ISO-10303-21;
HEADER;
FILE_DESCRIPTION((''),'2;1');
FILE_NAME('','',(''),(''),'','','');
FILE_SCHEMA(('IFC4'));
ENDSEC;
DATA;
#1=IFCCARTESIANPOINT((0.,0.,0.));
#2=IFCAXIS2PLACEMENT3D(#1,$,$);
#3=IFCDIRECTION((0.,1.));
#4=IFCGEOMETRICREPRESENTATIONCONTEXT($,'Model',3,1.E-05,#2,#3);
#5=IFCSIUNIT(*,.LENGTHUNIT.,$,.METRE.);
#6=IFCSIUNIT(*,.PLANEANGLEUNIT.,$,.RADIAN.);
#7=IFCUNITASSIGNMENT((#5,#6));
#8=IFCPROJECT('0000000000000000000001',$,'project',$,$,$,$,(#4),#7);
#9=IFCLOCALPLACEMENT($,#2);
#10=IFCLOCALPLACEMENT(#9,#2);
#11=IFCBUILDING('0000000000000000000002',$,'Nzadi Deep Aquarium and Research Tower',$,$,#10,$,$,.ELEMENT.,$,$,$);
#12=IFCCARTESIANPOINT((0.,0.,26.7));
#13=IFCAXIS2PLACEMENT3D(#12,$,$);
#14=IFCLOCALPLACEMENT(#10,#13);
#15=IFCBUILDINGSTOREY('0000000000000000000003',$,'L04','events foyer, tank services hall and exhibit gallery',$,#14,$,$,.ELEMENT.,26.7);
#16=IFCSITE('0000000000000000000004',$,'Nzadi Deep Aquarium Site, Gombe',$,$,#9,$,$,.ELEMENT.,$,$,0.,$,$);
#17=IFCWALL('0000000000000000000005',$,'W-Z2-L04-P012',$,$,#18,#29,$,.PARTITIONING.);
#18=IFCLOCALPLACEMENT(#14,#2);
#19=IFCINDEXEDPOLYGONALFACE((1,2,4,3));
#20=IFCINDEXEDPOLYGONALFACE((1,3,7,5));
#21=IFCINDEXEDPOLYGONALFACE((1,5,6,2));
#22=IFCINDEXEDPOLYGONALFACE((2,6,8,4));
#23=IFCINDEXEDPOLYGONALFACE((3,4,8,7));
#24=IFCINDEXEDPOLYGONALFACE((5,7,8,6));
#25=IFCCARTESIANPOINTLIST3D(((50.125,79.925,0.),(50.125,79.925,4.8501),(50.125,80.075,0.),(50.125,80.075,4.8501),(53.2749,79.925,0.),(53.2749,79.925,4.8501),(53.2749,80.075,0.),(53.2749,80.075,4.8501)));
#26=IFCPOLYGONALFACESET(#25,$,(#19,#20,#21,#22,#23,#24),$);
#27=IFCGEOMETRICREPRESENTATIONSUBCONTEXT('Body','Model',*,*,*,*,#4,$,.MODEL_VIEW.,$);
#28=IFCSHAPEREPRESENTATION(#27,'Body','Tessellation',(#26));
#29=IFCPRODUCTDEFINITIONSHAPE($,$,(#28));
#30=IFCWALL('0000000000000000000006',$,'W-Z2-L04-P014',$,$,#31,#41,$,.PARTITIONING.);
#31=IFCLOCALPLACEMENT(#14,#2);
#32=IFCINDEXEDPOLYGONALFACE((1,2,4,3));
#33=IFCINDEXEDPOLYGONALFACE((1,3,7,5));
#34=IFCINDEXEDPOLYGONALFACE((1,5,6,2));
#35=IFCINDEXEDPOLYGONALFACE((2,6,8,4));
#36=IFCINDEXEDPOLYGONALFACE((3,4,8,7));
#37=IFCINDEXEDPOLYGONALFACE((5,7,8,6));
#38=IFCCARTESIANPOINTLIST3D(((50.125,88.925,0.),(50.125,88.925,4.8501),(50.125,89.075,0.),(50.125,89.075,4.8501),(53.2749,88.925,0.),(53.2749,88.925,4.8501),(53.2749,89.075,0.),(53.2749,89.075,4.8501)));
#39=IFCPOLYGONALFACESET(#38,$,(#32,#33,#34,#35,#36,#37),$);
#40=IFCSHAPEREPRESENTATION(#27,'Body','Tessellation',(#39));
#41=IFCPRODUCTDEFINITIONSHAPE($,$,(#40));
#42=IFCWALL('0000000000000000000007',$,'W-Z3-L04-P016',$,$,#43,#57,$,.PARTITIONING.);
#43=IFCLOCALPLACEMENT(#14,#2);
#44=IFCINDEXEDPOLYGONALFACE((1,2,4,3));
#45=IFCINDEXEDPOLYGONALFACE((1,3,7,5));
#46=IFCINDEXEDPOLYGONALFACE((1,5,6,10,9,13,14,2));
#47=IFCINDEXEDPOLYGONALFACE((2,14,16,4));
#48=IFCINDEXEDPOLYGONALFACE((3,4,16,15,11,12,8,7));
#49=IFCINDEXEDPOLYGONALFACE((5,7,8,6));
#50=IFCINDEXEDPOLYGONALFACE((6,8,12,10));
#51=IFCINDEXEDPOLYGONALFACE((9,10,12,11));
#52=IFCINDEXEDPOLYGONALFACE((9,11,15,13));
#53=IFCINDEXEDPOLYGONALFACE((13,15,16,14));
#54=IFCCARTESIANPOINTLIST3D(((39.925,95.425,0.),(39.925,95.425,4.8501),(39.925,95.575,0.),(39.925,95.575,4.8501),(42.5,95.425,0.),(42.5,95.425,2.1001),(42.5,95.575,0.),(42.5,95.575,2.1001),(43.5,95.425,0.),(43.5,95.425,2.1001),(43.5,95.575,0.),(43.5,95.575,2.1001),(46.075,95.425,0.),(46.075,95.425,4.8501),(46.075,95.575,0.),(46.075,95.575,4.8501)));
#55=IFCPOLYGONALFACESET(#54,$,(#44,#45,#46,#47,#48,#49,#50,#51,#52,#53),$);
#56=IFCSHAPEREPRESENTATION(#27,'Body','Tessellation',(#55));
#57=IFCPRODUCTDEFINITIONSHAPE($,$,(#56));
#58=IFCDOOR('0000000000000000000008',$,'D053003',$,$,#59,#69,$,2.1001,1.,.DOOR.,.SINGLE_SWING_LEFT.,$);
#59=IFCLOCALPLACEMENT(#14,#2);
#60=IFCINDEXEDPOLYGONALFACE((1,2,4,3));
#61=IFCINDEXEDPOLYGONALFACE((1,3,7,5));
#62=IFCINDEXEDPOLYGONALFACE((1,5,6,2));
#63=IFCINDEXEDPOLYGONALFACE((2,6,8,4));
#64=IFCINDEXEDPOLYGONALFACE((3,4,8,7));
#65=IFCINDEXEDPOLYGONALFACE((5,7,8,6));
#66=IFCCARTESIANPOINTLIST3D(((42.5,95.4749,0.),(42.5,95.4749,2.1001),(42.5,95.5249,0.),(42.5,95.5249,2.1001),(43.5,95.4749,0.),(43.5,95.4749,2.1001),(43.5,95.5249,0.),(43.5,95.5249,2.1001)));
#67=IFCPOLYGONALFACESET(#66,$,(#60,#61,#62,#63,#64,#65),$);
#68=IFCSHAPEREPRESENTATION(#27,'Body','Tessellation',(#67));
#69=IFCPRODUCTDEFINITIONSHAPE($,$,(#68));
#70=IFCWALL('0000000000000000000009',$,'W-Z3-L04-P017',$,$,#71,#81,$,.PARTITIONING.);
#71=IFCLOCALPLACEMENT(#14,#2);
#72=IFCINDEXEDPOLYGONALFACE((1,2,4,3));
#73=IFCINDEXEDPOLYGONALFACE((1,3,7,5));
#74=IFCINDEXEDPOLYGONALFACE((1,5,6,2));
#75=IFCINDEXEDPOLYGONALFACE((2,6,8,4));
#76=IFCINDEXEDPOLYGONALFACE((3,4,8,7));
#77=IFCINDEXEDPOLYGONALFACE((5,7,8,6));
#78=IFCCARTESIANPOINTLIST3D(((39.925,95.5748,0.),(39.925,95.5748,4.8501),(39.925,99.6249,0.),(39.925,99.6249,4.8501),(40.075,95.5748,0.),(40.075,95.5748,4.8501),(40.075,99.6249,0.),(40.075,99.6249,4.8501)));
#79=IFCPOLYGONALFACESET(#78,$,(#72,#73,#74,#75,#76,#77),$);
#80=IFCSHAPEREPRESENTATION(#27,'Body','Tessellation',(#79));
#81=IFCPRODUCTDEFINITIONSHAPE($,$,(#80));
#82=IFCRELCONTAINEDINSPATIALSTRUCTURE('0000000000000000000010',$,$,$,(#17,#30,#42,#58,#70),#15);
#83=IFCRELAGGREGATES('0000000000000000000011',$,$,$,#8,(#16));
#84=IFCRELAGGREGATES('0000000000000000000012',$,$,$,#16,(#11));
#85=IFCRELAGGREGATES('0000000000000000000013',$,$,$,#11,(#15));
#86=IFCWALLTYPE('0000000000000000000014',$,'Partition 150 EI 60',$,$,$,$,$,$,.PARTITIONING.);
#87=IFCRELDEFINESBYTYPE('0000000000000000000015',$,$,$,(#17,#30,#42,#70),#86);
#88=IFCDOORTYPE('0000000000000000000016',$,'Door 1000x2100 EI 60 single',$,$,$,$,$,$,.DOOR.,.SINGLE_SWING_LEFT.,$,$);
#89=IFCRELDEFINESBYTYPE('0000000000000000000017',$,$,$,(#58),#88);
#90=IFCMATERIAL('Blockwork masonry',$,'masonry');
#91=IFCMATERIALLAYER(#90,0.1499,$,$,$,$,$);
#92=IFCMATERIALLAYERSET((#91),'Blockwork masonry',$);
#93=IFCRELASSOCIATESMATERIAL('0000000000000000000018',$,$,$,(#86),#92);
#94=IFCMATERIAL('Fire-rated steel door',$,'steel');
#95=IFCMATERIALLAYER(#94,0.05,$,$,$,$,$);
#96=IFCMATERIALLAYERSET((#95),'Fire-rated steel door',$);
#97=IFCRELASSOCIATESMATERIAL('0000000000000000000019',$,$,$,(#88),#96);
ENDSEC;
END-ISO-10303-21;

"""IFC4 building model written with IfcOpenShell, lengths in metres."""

from ifc_helpers import new_model, si_unit, direction, frame, frame_2d, origin, place, context, subcontext, project, spatial, rectangle, extrude, material, layer, layer_set, type_object, element, fill, save


model = new_model("IFC4")

# Units and contexts
model_context = context("Model", 3, precision=1e-05, world=origin(), true_north=direction((0.0, 1.0)))
body_context = subcontext(model_context, "Body", "Model", "MODEL_VIEW")
ifc_project = project(units=[si_unit("LENGTHUNIT", "METRE"), si_unit("PLANEANGLEUNIT", "RADIAN")], contexts=[model_context])

# Site, building, storey
site_placement = place(None, origin())
site = spatial("IfcSite", under=ifc_project, at=site_placement, Name="Nzadi Deep Aquarium Site, Gombe", CompositionType="ELEMENT", RefElevation=0.0)
building_placement = place(site_placement, origin())
building = spatial("IfcBuilding", under=site, at=building_placement, Name="Nzadi Deep Aquarium and Research Tower", CompositionType="ELEMENT")
storey_placement = place(building_placement, frame((0.0, 0.0, 26.7)))
storey = spatial("IfcBuildingStorey", under=building, at=storey_placement, Name="L04", Description="events foyer, tank services hall and exhibit gallery", CompositionType="ELEMENT", Elevation=26.7)

# Walls
ifc_material_1 = material(Name="Blockwork masonry", Category="masonry")
ifc_layer_1 = layer(ifc_material_1, 0.1499)
ifc_layer_set_1 = layer_set([ifc_layer_1], Name="Blockwork masonry")
wall_type = type_object("IfcWallType", Name="Partition 150 EI 60", PredefinedType="PARTITIONING", material=ifc_layer_set_1)
for number, where, z_axis, x_axis, name in (
    (1, (50.125, 80.0, 0.0), (0.0, 0.0, 1.0), (1.0, 0.0, 0.0), "W-Z2-L04-P012"),
    (2, (50.125, 89.0, 0.0), (0.0, 0.0, 1.0), (1.0, 0.0, 0.0), "W-Z2-L04-P014"),
):
    element("IfcWall", number, at=place(storey_placement, frame(where, z_axis=z_axis, x_axis=x_axis)), inside=storey, type_object=wall_type, Name=name, PredefinedType="PARTITIONING", context=body_context, shape_type="SweptSolid", body=[
        extrude(rectangle(XDim=3.1499, YDim=0.1499, at=frame_2d((1.575, 0.0))), origin(), (0.0, 0.0, 1.0), 4.8501),
    ])

# Wall, opening, door
wall_1_placement = place(storey_placement, frame((39.925, 95.5, 0.0), z_axis=(0.0, 0.0, 1.0), x_axis=(1.0, 0.0, 0.0)))
wall_1 = element("IfcWall", 3, at=wall_1_placement, inside=storey, type_object=wall_type, Name="W-Z3-L04-P016", PredefinedType="PARTITIONING", context=body_context, shape_type="SweptSolid", body=[
    extrude(rectangle(XDim=6.1499, YDim=0.1499, at=frame_2d((3.075, 0.0))), origin(), (0.0, 0.0, 1.0), 4.8501),
])
opening_placement = place(wall_1_placement, frame((2.575, 0.0, 0.0)))
opening = element("IfcOpeningElement", 4, at=opening_placement, cuts=wall_1, PredefinedType="OPENING", context=body_context, shape_type="SweptSolid", body=[
    extrude(rectangle(XDim=1.0, YDim=2.1001, at=frame_2d((0.5, 1.05))), frame((0.0, 0.085, 0.0), z_axis=(0.0, -1.0, 0.0), x_axis=(1.0, 0.0, 0.0)), (0.0, 0.0, 1.0), 0.1699),
])
ifc_material_2 = material(Name="Fire-rated steel door", Category="steel")
ifc_layer_2 = layer(ifc_material_2, 0.05)
ifc_layer_set_2 = layer_set([ifc_layer_2], Name="Fire-rated steel door")
door_type = type_object("IfcDoorType", Name="Door 1000x2100 EI 60 single", OperationType="SINGLE_SWING_LEFT", PredefinedType="DOOR", material=ifc_layer_set_2)
door_placement = place(opening_placement, origin())
door = element("IfcDoor", 5, at=door_placement, inside=storey, type_object=door_type, Name="D053003", OperationType="SINGLE_SWING_LEFT", OverallHeight=2.1001, OverallWidth=1.0, PredefinedType="DOOR", context=body_context, shape_type="SweptSolid", body=[
    extrude(rectangle(XDim=1.0, YDim=2.1001, at=frame_2d((0.5, 1.05))), frame((0.0, 0.0249, 0.0), z_axis=(0.0, -1.0, 0.0), x_axis=(1.0, 0.0, 0.0)), (0.0, 0.0, 1.0), 0.05),
])
fill(opening, door)

# Wall
wall_2_placement = place(storey_placement, frame((40.0, 95.575, 0.0), z_axis=(0.0, 0.0, 1.0), x_axis=(0.0, 1.0, 0.0)))
element("IfcWall", 6, at=wall_2_placement, inside=storey, type_object=wall_type, Name="W-Z3-L04-P017", PredefinedType="PARTITIONING", context=body_context, shape_type="SweptSolid", body=[
    extrude(rectangle(XDim=4.05, YDim=0.1499, at=frame_2d((2.0249, 0.0))), origin(), (0.0, 0.0, 1.0), 4.8501),
])

save(model, "model.ifc")
